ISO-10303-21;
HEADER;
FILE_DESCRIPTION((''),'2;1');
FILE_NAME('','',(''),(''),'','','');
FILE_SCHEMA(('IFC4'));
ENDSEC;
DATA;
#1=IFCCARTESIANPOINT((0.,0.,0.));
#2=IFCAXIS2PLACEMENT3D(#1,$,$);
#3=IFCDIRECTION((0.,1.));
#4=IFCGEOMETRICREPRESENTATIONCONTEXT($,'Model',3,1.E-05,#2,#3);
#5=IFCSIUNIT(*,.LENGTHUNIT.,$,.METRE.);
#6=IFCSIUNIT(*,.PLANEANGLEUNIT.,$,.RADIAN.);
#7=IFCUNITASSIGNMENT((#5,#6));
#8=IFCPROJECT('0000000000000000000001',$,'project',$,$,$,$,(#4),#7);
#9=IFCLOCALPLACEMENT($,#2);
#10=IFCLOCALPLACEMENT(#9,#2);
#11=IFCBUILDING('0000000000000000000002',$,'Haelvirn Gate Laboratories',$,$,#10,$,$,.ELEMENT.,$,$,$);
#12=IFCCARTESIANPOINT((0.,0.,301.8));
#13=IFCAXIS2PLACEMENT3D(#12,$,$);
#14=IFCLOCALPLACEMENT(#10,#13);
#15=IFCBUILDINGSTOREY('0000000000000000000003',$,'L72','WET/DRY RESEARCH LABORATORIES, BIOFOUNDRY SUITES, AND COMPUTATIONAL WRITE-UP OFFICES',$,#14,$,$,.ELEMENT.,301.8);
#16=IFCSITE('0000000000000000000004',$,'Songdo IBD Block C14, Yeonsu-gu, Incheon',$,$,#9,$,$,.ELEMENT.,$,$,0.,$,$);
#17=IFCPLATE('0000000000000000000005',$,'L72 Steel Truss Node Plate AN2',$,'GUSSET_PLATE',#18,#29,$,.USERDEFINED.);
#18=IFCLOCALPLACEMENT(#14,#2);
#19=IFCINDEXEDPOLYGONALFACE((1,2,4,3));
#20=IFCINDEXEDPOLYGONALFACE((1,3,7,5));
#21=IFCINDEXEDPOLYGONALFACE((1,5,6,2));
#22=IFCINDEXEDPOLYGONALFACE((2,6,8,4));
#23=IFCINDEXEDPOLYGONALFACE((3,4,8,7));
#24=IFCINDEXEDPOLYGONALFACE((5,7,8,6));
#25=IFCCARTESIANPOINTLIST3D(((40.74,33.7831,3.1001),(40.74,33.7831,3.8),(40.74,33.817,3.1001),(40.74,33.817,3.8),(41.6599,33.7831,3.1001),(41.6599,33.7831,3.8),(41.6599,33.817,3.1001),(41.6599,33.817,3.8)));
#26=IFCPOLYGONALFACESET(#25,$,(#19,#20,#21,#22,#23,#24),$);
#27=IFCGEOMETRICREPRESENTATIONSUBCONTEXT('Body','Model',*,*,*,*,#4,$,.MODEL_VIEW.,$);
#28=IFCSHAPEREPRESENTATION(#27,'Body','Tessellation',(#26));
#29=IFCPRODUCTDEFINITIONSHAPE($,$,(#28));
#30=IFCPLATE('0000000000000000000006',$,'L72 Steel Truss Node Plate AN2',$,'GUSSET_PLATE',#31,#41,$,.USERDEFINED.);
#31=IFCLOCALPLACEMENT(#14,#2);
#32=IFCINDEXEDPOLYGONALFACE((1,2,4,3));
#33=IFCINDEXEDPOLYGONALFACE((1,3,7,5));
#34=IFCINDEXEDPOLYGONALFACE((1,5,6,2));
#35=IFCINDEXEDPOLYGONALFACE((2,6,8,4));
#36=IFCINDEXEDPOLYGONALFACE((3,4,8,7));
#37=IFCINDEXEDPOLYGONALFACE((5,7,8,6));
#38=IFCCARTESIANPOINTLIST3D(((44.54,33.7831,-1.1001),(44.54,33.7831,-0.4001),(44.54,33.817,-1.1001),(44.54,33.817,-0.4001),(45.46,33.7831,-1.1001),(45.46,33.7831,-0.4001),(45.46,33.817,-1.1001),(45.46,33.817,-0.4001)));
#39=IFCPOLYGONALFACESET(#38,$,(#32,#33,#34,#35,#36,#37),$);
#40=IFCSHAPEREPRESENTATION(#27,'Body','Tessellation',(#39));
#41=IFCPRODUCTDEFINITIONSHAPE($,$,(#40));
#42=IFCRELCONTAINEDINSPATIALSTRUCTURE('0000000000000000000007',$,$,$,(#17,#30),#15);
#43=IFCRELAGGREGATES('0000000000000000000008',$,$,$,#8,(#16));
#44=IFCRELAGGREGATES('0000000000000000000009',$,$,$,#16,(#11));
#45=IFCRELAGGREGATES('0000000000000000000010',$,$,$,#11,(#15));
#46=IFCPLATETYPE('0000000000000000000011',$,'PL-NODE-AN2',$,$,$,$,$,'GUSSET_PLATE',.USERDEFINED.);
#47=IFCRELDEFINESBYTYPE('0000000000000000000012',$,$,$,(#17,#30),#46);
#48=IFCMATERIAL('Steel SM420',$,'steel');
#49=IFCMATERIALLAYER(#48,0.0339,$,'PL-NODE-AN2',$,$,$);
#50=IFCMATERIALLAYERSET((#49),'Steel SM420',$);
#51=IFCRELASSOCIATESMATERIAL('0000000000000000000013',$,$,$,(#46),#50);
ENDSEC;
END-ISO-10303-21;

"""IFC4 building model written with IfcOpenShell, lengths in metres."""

from ifc_helpers import new_model, si_unit, direction, frame, origin, origin_2d, place, context, subcontext, project, spatial, rectangle, extrude, source, transform, mapped, material, layer, layer_set, type_object, type_shapes, element, save


model = new_model("IFC4")

# Units and contexts
model_context = context("Model", 3, precision=1e-05, world=origin(), true_north=direction((0.0, 1.0)))
body_context = subcontext(model_context, "Body", "Model", "MODEL_VIEW")
ifc_project = project(units=[si_unit("LENGTHUNIT", "METRE"), si_unit("PLANEANGLEUNIT", "RADIAN")], contexts=[model_context])

# Site, building, storey
site_placement = place(None, origin())
site = spatial("IfcSite", under=ifc_project, at=site_placement, Name="Songdo IBD Block C14, Yeonsu-gu, Incheon", CompositionType="ELEMENT", RefElevation=0.0)
building_placement = place(site_placement, origin())
building = spatial("IfcBuilding", under=site, at=building_placement, Name="Haelvirn Gate Laboratories", CompositionType="ELEMENT")
storey_placement = place(building_placement, frame((0.0, 0.0, 301.8)))
storey = spatial("IfcBuildingStorey", under=building, at=storey_placement, Name="L72", Description="WET/DRY RESEARCH LABORATORIES, BIOFOUNDRY SUITES, AND COMPUTATIONAL WRITE-UP OFFICES", CompositionType="ELEMENT", Elevation=301.8)

# Shared definitions
ifc_material_1 = material(Name="Steel SM420", Category="steel")

# Plates
ifc_layer = layer(ifc_material_1, 0.0339, Name="PL-NODE-AN2")
ifc_layer_set = layer_set([ifc_layer], Name="Steel SM420")
plate_type = type_object("IfcPlateType", Name="PL-NODE-AN2", ElementType="GUSSET_PLATE", PredefinedType="USERDEFINED", material=ifc_layer_set)
shared_shape_1 = source(origin(), body_context, "Body", "SweptSolid", [
    extrude(rectangle(XDim=0.9199, YDim=0.0339, at=origin_2d()), origin(), (0.0, 0.0, 1.0), 0.7),
])
type_shapes(plate_type, [shared_shape_1])
for number, where, z_axis, x_axis, name in (
    (1, (41.2, 33.8, 3.1001), (0.0, 0.0, 1.0), (1.0, 0.0, 0.0), "L72 Steel Truss Node Plate AN2"),
    (2, (45.0, 33.8, -1.1001), (0.0, 0.0, 1.0), (1.0, 0.0, 0.0), "L72 Steel Truss Node Plate AN2"),
):
    element("IfcPlate", number, at=place(storey_placement, frame(where, z_axis=z_axis, x_axis=x_axis)), inside=storey, type_object=plate_type, Name=name, ObjectType="GUSSET_PLATE", PredefinedType="USERDEFINED", context=body_context, shape_type="MappedRepresentation", body=[
        mapped(shared_shape_1, transform((0.0, 0.0, 0.0), scale=1.0)),
    ])

save(model, "model.ifc")
